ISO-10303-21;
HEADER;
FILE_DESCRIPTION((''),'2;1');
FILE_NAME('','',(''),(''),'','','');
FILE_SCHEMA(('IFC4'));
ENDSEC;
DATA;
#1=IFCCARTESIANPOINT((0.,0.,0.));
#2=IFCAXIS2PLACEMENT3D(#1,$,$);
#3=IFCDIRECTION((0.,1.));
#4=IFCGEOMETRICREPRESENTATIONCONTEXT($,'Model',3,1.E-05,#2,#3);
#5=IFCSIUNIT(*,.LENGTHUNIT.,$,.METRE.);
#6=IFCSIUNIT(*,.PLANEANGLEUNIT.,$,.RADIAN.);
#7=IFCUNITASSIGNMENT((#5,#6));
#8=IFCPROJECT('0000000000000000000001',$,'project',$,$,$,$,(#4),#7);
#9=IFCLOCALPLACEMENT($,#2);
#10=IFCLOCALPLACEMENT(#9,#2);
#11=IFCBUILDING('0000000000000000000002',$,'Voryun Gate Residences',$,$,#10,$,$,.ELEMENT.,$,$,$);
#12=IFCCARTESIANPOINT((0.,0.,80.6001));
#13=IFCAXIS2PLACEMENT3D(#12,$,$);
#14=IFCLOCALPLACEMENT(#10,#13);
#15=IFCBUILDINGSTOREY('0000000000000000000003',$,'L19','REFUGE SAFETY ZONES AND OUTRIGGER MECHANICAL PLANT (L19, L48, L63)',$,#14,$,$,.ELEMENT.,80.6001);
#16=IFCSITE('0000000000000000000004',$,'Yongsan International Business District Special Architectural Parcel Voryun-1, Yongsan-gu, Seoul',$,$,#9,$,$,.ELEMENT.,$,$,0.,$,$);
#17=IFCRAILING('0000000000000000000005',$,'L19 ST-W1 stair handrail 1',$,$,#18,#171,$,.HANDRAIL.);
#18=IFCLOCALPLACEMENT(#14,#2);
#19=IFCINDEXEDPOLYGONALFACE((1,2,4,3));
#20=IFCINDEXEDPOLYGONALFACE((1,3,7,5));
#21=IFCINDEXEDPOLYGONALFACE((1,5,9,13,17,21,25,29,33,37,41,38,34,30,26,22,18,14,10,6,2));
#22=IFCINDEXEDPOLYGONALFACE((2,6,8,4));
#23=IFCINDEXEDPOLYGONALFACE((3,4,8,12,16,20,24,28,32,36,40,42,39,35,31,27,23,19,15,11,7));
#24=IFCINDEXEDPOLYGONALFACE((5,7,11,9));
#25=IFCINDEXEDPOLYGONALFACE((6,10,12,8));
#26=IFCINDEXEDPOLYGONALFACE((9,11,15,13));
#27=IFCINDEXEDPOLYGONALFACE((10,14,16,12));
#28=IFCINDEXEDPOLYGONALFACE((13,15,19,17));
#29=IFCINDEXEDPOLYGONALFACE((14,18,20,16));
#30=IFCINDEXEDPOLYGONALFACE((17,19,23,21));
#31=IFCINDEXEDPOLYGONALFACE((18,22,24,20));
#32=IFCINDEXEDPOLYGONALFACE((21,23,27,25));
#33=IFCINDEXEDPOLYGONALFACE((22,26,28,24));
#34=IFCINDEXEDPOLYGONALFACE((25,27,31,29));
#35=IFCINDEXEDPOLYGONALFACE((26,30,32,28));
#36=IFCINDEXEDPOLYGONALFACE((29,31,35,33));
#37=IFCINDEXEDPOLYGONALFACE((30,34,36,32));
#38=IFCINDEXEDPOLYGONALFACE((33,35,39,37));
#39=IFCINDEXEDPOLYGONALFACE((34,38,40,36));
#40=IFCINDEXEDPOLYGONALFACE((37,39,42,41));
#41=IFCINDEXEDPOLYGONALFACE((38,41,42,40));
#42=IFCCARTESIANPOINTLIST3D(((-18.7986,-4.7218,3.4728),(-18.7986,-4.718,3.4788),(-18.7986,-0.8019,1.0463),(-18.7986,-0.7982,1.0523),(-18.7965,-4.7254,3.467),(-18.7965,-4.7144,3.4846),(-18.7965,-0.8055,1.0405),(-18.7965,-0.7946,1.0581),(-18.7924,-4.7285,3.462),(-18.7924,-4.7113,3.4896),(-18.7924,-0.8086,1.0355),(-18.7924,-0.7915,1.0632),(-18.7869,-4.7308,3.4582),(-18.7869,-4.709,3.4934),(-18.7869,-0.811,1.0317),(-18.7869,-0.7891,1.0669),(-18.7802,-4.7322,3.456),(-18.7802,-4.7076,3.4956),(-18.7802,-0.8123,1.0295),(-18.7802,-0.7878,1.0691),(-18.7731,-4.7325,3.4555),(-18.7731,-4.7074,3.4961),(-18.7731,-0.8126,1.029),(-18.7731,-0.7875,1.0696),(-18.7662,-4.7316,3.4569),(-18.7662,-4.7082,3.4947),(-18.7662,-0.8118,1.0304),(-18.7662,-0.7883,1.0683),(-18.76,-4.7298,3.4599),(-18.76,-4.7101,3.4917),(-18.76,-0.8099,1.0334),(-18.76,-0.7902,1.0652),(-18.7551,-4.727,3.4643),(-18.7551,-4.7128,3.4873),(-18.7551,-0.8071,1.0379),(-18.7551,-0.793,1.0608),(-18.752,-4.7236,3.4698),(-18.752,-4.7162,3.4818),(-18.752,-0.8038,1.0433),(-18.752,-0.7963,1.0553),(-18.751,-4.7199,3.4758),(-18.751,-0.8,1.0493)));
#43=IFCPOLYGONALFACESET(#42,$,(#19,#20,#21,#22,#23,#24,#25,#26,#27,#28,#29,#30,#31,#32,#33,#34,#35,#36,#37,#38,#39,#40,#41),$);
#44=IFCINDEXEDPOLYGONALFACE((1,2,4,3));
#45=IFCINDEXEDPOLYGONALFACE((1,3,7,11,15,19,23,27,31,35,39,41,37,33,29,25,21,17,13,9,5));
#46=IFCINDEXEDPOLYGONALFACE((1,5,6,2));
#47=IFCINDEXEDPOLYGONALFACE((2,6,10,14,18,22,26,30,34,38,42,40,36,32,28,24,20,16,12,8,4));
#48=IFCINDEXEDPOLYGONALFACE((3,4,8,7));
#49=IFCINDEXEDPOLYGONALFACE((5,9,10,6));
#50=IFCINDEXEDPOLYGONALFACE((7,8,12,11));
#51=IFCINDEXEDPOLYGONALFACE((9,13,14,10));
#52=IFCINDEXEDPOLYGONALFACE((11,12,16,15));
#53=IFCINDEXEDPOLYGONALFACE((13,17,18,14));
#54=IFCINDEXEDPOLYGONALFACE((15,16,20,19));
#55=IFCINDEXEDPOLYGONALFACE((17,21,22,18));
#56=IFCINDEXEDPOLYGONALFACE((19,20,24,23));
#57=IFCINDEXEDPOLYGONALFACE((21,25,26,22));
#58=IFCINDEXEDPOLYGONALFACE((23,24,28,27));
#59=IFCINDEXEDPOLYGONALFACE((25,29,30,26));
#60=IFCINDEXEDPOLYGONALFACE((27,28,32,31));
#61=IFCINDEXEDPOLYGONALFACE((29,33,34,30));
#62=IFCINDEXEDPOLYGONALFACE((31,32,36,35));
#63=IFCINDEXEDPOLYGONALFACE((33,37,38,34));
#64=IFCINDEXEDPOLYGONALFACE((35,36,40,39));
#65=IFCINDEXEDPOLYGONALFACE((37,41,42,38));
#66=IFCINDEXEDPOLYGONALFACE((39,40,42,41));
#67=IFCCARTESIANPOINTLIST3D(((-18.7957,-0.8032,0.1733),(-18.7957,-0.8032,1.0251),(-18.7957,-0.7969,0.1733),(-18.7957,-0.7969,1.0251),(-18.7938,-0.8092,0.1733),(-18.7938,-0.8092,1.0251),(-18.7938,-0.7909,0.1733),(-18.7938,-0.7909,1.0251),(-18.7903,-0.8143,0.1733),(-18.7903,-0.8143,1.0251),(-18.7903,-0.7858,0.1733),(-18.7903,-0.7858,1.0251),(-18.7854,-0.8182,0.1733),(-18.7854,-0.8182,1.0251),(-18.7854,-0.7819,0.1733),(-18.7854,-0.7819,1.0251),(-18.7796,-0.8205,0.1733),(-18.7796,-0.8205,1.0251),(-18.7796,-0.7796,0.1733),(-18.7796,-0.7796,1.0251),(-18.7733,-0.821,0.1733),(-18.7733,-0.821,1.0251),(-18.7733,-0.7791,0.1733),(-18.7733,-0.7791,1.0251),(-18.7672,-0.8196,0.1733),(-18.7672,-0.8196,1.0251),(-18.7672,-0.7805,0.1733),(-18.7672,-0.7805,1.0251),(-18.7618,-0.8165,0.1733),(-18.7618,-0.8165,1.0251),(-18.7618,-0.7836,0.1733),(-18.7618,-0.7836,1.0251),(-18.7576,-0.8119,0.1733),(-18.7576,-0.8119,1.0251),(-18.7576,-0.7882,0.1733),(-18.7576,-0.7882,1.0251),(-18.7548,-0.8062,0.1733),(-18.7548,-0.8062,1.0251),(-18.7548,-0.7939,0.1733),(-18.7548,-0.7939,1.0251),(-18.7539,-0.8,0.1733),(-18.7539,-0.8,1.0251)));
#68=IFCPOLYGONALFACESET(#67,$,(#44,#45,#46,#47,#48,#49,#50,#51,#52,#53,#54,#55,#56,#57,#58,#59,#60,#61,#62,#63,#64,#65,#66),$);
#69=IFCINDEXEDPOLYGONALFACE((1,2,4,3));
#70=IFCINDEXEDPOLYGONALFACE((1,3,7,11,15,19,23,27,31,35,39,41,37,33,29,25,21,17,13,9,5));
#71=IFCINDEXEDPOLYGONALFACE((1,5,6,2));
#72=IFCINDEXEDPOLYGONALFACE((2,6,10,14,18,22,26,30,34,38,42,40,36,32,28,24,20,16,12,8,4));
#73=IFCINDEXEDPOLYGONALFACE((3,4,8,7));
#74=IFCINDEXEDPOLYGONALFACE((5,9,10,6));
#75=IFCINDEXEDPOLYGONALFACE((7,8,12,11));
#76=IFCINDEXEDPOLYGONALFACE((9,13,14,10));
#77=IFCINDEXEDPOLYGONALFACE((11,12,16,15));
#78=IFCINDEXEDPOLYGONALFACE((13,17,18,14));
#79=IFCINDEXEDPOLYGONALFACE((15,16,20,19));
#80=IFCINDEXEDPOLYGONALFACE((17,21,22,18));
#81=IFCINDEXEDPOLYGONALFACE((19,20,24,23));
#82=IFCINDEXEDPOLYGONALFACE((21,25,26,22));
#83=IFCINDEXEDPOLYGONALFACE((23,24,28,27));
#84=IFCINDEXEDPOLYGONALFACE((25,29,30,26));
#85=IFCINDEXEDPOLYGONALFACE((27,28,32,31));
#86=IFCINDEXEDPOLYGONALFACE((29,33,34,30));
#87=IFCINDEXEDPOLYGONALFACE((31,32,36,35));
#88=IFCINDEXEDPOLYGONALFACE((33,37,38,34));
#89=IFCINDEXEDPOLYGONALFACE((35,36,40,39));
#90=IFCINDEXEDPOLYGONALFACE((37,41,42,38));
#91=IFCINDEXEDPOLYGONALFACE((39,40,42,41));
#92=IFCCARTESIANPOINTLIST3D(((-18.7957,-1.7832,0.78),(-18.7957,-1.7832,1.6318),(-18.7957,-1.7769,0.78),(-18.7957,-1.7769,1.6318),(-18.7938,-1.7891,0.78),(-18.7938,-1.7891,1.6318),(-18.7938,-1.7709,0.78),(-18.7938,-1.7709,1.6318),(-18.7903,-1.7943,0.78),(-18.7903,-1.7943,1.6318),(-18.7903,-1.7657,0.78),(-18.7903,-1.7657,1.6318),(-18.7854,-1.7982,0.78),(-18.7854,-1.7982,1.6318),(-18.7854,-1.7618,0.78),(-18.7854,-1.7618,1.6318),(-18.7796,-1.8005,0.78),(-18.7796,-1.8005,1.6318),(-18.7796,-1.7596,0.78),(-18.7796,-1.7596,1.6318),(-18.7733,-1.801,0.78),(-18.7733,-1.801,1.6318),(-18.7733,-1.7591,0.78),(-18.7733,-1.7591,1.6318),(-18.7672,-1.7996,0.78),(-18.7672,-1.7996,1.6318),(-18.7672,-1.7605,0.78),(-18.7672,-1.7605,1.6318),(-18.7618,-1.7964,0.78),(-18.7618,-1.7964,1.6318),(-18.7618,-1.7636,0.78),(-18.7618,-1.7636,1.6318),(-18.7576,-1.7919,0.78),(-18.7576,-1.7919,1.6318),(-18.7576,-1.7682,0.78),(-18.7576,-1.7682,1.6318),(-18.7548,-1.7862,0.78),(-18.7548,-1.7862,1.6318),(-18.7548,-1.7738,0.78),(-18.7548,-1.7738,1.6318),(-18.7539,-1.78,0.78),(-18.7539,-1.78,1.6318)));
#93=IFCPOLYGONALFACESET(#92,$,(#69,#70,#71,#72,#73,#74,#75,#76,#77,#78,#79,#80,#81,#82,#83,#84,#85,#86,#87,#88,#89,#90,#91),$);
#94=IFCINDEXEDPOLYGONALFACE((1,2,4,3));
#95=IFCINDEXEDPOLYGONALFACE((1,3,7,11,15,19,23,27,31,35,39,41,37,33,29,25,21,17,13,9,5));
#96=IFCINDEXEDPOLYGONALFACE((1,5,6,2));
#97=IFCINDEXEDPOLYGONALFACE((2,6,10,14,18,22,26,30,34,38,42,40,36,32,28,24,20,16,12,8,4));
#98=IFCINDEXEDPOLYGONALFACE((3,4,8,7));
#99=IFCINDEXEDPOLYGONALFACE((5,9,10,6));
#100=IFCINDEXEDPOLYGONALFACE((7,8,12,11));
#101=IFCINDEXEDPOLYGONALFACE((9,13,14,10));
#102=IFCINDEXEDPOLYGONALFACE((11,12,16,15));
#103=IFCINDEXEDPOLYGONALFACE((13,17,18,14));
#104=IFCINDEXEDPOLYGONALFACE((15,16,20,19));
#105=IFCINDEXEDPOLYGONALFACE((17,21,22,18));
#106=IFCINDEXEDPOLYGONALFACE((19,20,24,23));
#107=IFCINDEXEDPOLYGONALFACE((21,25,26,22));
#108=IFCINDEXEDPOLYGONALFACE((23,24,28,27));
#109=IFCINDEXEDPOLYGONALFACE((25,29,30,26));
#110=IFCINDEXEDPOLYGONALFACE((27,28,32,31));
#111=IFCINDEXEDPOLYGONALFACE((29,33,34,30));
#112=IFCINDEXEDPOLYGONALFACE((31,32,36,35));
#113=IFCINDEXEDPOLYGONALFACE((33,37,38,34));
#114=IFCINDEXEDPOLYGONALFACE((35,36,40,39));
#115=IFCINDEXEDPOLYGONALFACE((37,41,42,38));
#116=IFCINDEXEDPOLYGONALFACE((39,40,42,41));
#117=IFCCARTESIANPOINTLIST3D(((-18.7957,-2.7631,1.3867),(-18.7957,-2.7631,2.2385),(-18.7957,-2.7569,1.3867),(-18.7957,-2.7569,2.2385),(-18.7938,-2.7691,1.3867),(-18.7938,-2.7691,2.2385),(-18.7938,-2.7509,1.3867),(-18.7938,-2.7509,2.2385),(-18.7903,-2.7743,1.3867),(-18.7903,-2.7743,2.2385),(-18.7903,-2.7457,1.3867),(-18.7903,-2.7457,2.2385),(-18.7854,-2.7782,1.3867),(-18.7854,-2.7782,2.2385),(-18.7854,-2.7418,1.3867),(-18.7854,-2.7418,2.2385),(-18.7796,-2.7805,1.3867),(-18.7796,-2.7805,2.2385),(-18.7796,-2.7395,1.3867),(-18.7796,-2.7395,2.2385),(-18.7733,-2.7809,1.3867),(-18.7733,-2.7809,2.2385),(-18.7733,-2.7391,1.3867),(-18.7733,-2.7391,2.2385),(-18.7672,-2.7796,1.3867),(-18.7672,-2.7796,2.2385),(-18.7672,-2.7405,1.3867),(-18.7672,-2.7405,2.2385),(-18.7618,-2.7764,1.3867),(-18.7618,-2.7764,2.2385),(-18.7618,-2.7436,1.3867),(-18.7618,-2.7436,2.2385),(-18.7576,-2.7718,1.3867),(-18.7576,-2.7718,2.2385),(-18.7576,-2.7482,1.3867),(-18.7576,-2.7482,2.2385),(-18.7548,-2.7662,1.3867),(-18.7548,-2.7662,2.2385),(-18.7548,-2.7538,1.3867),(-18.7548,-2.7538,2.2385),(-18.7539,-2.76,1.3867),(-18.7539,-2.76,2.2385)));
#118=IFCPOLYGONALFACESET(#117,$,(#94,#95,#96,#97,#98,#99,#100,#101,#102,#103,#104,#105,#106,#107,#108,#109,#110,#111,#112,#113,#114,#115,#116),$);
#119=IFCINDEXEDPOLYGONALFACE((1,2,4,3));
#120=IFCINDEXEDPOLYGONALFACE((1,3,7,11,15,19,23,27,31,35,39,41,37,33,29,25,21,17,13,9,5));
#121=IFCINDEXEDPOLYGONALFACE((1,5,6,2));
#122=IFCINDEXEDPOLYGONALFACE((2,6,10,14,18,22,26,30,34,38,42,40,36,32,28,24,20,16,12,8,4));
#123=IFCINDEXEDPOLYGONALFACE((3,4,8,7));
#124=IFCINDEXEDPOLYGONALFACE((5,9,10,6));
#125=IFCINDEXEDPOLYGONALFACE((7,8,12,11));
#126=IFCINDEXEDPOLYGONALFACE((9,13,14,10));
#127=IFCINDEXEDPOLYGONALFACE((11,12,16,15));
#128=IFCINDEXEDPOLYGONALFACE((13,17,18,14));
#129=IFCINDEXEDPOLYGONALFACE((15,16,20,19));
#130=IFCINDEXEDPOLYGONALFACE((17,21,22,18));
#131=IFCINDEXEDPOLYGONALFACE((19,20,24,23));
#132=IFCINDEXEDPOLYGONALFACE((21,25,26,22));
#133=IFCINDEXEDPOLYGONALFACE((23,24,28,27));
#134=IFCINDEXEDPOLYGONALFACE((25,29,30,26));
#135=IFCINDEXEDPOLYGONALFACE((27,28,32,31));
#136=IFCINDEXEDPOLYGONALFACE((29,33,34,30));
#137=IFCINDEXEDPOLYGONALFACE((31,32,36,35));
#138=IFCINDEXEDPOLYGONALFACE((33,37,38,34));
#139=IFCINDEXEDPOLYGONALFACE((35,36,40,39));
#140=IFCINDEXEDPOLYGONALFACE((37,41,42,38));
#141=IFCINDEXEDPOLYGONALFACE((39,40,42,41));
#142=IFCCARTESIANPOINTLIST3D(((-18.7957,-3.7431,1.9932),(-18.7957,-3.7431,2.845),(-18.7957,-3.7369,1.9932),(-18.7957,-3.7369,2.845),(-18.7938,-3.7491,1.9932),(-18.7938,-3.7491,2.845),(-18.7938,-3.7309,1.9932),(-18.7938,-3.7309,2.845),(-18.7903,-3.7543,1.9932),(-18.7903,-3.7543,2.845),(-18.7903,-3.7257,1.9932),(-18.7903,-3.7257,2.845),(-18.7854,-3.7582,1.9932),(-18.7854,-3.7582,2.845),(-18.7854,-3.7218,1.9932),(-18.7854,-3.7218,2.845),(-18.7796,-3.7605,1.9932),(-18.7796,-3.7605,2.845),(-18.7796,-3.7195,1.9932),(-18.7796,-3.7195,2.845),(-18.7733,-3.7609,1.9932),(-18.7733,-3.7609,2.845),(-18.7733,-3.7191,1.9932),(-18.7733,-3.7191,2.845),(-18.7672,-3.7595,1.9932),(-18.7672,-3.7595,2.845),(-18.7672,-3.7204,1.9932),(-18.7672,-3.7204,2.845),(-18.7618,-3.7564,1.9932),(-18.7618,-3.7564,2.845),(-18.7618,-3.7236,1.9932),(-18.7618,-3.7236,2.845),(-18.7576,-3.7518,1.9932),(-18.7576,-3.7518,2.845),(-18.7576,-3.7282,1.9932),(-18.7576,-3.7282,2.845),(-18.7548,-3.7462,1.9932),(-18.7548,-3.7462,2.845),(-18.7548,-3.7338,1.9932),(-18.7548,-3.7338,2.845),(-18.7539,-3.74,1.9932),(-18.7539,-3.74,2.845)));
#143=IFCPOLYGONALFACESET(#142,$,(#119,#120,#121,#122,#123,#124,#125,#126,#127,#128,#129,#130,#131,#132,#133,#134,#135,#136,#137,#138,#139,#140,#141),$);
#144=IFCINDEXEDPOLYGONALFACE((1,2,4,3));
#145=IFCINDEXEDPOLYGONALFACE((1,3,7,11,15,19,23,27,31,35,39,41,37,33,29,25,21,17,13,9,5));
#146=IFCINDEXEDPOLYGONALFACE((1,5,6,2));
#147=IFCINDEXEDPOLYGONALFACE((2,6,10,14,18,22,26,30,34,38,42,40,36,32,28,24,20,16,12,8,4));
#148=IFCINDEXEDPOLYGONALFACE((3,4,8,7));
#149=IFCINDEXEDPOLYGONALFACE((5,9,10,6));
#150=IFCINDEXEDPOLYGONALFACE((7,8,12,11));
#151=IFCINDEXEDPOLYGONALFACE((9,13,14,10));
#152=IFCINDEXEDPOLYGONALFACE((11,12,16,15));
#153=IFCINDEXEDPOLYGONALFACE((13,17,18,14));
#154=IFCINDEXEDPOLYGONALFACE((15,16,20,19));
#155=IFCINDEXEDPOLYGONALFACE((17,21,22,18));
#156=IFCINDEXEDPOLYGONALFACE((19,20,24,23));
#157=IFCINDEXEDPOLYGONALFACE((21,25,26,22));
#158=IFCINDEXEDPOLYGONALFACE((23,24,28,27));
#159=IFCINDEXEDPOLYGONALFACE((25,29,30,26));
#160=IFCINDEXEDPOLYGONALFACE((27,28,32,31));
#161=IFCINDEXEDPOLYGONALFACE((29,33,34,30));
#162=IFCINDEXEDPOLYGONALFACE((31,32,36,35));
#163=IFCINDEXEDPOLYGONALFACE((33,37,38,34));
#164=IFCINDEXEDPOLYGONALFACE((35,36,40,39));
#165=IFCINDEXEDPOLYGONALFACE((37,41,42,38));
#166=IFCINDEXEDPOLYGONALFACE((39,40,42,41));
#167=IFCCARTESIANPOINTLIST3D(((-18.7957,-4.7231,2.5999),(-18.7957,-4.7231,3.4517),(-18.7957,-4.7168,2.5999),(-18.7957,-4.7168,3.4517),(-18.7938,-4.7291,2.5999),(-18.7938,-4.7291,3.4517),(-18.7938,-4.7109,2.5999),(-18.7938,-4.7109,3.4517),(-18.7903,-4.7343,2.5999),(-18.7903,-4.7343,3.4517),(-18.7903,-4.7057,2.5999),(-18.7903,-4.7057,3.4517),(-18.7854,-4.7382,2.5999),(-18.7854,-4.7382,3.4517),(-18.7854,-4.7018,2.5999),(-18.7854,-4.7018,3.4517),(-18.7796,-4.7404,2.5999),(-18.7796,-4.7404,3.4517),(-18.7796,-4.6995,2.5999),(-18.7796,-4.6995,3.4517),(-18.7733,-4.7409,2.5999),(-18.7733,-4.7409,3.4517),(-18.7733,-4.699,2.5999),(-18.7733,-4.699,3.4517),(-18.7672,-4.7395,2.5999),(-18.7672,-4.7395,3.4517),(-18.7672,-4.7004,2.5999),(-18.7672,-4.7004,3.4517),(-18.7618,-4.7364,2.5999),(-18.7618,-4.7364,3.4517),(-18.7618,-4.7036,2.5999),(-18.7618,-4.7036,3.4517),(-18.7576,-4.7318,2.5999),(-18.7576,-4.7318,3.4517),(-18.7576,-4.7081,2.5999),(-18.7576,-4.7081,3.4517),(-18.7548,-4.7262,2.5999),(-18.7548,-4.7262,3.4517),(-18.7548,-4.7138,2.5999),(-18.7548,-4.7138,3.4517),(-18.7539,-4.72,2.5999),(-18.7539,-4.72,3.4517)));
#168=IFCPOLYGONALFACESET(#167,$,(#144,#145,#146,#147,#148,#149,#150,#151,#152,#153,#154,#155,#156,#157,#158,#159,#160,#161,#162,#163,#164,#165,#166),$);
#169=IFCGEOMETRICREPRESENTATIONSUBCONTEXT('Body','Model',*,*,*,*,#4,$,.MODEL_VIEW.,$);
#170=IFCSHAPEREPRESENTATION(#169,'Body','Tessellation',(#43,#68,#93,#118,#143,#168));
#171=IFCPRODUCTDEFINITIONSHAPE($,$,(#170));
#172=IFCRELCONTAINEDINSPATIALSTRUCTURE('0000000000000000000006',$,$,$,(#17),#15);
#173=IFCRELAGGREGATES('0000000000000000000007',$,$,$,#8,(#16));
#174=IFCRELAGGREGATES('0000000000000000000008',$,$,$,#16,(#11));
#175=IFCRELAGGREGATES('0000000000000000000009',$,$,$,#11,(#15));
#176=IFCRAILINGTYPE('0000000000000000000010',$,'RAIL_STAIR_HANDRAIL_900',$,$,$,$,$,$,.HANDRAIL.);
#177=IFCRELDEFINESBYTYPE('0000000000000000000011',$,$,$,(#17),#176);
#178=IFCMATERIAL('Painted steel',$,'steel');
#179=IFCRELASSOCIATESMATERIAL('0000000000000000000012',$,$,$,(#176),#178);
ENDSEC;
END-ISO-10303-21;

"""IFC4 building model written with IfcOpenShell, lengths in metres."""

from ifc_helpers import new_model, si_unit, direction, frame, origin, origin_2d, place, context, subcontext, project, spatial, circle, extrude, material, type_object, element, save


model = new_model("IFC4")

# Units and contexts
model_context = context("Model", 3, precision=1e-05, world=origin(), true_north=direction((0.0, 1.0)))
body_context = subcontext(model_context, "Body", "Model", "MODEL_VIEW")
ifc_project = project(units=[si_unit("LENGTHUNIT", "METRE"), si_unit("PLANEANGLEUNIT", "RADIAN")], contexts=[model_context])

# Site, building, storey
site_placement = place(None, origin())
site = spatial("IfcSite", under=ifc_project, at=site_placement, Name="Yongsan International Business District Special Architectural Parcel Voryun-1, Yongsan-gu, Seoul", CompositionType="ELEMENT", RefElevation=0.0)
building_placement = place(site_placement, origin())
building = spatial("IfcBuilding", under=site, at=building_placement, Name="Voryun Gate Residences", CompositionType="ELEMENT")
storey_placement = place(building_placement, frame((0.0, 0.0, 80.6001)))
storey = spatial("IfcBuildingStorey", under=building, at=storey_placement, Name="L19", Description="REFUGE SAFETY ZONES AND OUTRIGGER MECHANICAL PLANT (L19, L48, L63)", CompositionType="ELEMENT", Elevation=80.6001)

# Railing
ifc_material_1 = material(Name="Painted steel", Category="steel")
railing_type_1 = type_object("IfcRailingType", Name="RAIL_STAIR_HANDRAIL_900", PredefinedType="HANDRAIL", material=ifc_material_1)
railing_1_placement = place(storey_placement, frame((-18.7749, -0.8, 0.1733)))
element("IfcRailing", 1, at=railing_1_placement, inside=storey, type_object=railing_type_1, Name="L19 ST-W1 stair handrail 1", PredefinedType="HANDRAIL", context=body_context, shape_type="SweptSolid", body=[
    extrude(circle(Radius=0.0239, at=origin_2d()), frame((0.0, 0.0, 0.876), z_axis=(0.0, -0.850275, 0.526338), x_axis=(1.0, 0.0, 0.0)), (0.0, 0.0, 1.0), 4.6101),
    extrude(circle(Radius=0.021, at=origin_2d()), origin(), (0.0, 0.0, 1.0), 0.8518),
    extrude(circle(Radius=0.021, at=origin_2d()), frame((0.0, -0.98, 0.6067)), (0.0, 0.0, 1.0), 0.8518),
    extrude(circle(Radius=0.021, at=origin_2d()), frame((0.0, -1.96, 1.2134)), (0.0, 0.0, 1.0), 0.8518),
    extrude(circle(Radius=0.021, at=origin_2d()), frame((0.0, -2.9399, 1.8198)), (0.0, 0.0, 1.0), 0.8518),
    extrude(circle(Radius=0.021, at=origin_2d()), frame((0.0, -3.9199, 2.4265)), (0.0, 0.0, 1.0), 0.8518),
])

save(model, "model.ifc")
